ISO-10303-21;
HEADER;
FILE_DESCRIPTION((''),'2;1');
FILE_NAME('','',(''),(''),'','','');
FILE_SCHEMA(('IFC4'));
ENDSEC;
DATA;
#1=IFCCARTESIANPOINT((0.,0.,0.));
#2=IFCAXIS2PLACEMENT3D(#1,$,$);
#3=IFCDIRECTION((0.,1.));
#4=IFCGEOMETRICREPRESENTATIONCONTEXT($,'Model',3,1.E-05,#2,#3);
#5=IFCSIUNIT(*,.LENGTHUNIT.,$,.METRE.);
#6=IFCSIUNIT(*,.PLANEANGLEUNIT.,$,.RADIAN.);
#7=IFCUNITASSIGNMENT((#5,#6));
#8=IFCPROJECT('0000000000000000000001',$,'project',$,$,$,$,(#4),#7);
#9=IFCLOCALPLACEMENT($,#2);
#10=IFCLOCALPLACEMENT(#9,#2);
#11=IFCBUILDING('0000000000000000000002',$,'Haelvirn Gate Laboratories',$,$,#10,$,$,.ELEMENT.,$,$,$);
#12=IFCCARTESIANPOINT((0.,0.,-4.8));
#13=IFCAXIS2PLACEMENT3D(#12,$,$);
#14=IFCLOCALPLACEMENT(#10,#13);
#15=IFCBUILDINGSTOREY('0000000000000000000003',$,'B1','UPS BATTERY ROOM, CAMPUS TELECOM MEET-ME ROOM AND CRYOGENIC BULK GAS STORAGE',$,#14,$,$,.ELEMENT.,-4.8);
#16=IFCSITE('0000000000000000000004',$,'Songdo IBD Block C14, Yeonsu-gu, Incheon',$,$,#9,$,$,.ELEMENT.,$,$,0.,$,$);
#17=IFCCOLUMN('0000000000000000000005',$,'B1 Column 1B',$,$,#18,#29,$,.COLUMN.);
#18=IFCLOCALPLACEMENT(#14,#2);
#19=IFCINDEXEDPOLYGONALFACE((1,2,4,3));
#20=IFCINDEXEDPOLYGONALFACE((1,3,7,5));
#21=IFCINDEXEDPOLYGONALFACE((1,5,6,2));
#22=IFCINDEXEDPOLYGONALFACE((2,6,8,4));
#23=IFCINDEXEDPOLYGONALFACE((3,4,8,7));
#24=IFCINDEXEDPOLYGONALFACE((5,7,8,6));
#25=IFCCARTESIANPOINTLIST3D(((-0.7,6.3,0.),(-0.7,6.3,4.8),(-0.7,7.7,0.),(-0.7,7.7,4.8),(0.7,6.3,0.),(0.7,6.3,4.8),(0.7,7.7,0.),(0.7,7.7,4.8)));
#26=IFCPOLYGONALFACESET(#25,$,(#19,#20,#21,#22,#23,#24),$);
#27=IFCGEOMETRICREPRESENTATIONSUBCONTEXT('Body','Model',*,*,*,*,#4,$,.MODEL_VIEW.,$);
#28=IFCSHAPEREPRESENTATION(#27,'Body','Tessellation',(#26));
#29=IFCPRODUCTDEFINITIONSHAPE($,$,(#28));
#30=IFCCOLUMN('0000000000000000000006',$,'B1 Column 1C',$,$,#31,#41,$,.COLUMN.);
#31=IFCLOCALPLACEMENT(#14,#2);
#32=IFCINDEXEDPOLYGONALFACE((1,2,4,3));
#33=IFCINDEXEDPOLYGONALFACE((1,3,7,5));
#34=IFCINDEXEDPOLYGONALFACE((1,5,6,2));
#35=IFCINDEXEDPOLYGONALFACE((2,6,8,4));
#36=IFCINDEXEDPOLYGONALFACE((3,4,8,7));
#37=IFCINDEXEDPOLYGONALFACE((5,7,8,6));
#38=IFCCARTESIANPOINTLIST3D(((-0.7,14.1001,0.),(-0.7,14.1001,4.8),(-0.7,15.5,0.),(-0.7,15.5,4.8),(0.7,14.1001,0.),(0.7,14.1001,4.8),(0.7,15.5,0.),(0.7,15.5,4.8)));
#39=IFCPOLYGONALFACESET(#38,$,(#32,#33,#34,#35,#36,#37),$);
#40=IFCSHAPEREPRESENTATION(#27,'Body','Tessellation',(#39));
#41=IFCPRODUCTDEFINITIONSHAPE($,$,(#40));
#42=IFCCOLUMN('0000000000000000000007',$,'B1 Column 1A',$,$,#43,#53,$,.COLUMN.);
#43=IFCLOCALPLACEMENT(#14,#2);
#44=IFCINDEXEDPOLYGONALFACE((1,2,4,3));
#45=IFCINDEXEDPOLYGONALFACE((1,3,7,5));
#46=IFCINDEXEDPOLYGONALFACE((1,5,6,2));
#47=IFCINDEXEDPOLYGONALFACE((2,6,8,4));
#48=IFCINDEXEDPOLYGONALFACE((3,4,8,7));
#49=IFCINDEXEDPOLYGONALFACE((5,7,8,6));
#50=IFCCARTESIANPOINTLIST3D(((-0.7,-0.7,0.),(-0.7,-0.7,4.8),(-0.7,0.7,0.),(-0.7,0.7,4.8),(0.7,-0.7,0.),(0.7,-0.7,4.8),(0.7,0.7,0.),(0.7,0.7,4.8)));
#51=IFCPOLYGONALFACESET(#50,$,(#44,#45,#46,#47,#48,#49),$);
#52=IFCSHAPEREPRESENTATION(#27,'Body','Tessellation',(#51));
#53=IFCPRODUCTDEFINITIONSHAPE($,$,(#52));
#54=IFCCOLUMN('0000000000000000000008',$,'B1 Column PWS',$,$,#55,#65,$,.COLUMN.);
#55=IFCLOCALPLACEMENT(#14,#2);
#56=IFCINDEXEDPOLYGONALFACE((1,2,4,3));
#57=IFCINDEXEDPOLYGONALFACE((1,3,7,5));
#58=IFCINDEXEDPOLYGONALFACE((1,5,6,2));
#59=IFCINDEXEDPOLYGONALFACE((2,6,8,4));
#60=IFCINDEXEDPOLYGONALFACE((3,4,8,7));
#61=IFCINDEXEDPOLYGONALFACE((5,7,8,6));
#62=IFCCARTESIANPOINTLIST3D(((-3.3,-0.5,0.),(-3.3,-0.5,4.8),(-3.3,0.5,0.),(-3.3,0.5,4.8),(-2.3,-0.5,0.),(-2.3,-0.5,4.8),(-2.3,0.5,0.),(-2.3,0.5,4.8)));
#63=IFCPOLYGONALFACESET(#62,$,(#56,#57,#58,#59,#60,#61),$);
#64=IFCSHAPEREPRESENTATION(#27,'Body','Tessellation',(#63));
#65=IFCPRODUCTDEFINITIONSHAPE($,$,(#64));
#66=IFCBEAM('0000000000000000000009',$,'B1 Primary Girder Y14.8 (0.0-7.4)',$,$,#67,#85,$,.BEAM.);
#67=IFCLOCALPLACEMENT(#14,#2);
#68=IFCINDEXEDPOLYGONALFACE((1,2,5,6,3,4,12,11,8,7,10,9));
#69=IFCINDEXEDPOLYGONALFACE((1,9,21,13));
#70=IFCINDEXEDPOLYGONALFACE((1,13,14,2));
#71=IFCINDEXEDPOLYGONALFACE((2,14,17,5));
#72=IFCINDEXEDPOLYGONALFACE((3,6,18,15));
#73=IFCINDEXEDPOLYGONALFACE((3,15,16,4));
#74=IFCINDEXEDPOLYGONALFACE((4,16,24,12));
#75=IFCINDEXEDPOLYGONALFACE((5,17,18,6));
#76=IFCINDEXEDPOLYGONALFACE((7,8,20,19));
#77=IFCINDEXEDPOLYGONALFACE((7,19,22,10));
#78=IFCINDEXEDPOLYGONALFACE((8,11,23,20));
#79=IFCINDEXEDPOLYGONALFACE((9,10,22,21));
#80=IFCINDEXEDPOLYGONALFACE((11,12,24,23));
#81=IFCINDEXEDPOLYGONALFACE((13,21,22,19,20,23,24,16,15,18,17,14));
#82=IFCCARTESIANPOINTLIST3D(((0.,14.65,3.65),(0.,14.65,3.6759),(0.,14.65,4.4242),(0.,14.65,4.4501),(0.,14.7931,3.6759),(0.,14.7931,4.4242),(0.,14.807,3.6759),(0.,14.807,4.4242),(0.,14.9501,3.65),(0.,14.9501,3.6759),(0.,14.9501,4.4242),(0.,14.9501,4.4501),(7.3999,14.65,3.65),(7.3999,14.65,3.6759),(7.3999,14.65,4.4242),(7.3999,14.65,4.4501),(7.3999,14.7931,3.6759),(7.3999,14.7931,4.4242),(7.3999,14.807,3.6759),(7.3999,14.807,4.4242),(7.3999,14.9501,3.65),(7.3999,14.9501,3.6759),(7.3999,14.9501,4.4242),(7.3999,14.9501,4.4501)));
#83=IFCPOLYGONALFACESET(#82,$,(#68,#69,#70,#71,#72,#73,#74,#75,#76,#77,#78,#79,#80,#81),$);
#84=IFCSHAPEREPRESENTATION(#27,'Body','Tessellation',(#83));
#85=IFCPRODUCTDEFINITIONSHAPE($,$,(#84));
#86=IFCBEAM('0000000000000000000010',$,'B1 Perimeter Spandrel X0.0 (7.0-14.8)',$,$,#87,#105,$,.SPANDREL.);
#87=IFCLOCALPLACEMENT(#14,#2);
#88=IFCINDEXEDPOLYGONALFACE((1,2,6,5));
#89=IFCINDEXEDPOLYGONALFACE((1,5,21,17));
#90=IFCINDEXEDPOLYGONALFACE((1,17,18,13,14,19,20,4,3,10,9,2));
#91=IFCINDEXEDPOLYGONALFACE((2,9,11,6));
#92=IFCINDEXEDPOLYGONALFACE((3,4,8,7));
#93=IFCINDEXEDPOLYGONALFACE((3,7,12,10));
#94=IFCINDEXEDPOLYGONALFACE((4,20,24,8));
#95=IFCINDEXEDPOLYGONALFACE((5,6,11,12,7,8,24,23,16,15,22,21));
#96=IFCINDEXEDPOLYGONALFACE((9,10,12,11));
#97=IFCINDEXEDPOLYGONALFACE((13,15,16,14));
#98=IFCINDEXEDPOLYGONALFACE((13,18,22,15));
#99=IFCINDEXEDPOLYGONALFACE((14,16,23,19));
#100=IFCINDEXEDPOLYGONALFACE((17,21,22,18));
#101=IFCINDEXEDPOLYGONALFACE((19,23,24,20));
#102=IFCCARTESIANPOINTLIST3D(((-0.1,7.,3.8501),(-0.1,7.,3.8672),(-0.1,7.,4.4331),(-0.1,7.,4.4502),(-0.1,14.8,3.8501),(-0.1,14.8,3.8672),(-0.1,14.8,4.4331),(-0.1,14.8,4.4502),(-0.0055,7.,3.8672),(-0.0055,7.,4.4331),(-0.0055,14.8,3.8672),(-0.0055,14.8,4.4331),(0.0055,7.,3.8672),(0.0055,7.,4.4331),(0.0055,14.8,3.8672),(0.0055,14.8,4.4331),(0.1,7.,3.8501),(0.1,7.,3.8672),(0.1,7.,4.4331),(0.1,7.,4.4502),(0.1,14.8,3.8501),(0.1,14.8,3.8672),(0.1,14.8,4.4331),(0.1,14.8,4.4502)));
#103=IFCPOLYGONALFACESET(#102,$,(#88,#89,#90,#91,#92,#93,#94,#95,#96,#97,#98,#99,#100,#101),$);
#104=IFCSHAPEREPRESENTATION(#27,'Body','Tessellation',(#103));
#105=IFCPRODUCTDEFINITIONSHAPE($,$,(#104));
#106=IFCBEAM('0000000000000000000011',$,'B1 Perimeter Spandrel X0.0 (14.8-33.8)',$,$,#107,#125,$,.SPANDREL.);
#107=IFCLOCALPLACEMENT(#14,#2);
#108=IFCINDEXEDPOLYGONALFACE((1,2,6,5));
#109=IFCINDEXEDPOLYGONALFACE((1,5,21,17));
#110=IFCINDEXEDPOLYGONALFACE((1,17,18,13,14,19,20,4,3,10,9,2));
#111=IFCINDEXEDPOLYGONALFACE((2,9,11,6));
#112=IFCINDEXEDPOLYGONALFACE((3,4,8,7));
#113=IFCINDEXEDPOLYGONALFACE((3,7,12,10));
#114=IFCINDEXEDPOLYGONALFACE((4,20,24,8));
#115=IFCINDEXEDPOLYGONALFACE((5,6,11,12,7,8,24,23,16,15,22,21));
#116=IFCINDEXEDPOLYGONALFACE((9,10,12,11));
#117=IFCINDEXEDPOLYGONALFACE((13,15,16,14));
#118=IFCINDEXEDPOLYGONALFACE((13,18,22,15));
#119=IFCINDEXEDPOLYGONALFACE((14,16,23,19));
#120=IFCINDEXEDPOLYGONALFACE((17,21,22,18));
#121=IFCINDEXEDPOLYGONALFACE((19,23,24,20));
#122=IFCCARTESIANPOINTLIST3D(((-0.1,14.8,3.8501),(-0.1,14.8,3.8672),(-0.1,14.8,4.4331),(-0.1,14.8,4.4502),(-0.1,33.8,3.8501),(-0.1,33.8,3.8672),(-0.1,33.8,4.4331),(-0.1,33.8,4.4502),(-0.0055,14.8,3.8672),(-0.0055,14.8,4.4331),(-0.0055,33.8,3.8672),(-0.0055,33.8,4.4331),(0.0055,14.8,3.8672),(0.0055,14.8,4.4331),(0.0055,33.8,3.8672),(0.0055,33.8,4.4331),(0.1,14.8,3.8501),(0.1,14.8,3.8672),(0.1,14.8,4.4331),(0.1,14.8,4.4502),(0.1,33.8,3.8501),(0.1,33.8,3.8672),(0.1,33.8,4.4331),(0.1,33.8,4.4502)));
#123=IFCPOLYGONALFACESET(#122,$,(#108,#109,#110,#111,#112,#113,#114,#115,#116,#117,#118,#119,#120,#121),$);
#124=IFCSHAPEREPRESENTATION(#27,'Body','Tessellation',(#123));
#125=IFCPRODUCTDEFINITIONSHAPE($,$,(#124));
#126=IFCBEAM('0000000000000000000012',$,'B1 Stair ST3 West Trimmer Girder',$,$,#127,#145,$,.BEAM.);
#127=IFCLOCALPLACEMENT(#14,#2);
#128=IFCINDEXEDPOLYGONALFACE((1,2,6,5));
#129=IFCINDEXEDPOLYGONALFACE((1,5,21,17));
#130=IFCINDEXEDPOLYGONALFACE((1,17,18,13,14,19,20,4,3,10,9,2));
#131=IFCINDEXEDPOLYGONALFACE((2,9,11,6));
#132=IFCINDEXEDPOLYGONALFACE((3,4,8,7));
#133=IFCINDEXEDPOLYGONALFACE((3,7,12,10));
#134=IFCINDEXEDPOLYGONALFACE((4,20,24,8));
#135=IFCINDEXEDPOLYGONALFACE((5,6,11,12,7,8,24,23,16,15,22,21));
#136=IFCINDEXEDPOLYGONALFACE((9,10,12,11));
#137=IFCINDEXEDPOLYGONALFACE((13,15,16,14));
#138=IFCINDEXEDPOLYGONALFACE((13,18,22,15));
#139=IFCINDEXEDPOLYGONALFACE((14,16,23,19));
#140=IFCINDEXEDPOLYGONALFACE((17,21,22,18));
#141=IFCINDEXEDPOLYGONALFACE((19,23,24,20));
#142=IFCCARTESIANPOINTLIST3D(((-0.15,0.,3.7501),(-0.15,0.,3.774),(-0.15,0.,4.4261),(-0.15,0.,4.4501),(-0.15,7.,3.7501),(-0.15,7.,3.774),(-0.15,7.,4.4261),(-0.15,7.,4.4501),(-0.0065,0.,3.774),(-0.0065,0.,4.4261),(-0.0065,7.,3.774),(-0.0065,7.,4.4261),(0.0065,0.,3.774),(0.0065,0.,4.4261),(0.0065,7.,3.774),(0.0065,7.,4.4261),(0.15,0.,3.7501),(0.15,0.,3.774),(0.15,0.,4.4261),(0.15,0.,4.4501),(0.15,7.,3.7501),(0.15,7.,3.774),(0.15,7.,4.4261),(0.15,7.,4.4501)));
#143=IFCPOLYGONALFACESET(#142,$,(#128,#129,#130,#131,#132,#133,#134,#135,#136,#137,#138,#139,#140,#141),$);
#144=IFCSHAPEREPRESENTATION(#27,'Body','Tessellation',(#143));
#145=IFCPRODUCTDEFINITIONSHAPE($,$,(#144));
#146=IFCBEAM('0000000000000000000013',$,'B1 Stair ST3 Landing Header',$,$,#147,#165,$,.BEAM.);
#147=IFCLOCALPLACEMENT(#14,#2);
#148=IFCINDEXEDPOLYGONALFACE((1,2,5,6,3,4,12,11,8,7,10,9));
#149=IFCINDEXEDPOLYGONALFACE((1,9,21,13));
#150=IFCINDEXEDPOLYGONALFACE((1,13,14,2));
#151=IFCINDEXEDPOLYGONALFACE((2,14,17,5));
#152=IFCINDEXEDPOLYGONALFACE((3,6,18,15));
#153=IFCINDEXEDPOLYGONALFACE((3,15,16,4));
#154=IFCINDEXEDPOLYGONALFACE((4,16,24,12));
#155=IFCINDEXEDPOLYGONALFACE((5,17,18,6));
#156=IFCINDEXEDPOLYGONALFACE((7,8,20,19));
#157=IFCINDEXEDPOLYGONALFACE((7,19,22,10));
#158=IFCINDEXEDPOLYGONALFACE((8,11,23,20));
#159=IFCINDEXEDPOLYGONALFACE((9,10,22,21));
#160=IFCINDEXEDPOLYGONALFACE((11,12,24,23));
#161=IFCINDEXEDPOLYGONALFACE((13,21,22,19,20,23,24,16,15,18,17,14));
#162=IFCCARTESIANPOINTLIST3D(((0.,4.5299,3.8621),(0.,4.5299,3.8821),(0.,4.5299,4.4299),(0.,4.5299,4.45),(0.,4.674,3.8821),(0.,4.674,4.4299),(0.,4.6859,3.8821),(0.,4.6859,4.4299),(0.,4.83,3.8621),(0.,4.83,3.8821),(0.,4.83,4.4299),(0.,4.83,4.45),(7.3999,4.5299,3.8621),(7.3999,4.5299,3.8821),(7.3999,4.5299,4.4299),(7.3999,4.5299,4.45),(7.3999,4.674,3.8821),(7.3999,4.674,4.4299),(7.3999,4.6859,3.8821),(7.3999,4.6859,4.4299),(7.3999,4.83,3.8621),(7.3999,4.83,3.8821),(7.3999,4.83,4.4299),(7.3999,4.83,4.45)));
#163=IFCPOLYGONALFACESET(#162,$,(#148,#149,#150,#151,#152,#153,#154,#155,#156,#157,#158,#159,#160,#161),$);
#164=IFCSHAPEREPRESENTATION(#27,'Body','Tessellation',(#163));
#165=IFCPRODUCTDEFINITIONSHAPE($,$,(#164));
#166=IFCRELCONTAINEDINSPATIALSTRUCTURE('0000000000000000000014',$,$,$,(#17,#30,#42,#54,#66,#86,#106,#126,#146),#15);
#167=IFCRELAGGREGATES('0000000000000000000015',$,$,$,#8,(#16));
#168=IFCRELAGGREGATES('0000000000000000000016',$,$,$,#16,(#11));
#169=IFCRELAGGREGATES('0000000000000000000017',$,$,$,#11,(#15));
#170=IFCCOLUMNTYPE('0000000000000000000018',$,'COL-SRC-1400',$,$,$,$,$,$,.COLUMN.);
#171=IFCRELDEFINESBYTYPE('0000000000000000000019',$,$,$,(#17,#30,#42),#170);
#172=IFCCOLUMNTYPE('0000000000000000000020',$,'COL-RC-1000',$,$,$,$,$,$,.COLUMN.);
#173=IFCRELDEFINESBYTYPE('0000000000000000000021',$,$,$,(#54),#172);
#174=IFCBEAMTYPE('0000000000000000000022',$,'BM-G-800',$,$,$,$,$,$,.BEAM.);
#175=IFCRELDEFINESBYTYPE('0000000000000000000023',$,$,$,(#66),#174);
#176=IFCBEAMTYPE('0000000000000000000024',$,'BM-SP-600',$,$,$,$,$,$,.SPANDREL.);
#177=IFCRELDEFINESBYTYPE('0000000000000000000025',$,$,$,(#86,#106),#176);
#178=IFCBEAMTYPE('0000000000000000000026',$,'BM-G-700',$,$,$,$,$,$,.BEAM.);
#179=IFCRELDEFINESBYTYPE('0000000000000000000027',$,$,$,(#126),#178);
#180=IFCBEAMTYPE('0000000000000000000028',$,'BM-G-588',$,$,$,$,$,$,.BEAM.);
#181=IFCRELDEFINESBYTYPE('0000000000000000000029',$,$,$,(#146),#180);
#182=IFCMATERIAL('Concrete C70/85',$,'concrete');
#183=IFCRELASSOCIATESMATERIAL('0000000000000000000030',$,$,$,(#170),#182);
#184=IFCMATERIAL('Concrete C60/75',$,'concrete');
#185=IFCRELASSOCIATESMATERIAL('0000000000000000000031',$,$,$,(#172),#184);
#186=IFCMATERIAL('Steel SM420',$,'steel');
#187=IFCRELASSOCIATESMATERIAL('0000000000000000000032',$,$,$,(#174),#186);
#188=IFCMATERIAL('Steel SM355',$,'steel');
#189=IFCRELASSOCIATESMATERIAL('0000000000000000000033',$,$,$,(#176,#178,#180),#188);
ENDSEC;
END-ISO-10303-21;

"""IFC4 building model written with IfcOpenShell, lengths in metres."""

from ifc_helpers import new_model, si_unit, direction, frame, origin, origin_2d, place, context, subcontext, project, spatial, rectangle, i_section, extrude, source, transform, mapped, material, material_profile, profile_set, type_object, type_shapes, element, save


model = new_model("IFC4")

# Units and contexts
model_context = context("Model", 3, precision=1e-05, world=origin(), true_north=direction((0.0, 1.0)))
body_context = subcontext(model_context, "Body", "Model", "MODEL_VIEW")
ifc_project = project(units=[si_unit("LENGTHUNIT", "METRE"), si_unit("PLANEANGLEUNIT", "RADIAN")], contexts=[model_context])

# Site, building, storey
site_placement = place(None, origin())
site = spatial("IfcSite", under=ifc_project, at=site_placement, Name="Songdo IBD Block C14, Yeonsu-gu, Incheon", CompositionType="ELEMENT", RefElevation=0.0)
building_placement = place(site_placement, origin())
building = spatial("IfcBuilding", under=site, at=building_placement, Name="Haelvirn Gate Laboratories", CompositionType="ELEMENT")
storey_placement = place(building_placement, frame((0.0, 0.0, -4.8)))
storey = spatial("IfcBuildingStorey", under=building, at=storey_placement, Name="B1", Description="UPS BATTERY ROOM, CAMPUS TELECOM MEET-ME ROOM AND CRYOGENIC BULK GAS STORAGE", CompositionType="ELEMENT", Elevation=-4.8)

# Columns
ifc_material_1 = material(Name="Concrete C70/85", Category="concrete")
ifc_material_profile_1 = material_profile(ifc_material_1, rectangle(XDim=1.3999, YDim=1.3999, at=origin_2d()), Name="SRC-1400x1400")
ifc_profile_set_1 = profile_set([ifc_material_profile_1], Name="Concrete C70/85")
column_type_1 = type_object("IfcColumnType", Name="COL-SRC-1400", PredefinedType="COLUMN", material=ifc_profile_set_1)
shared_shape_1 = source(origin(), body_context, "Body", "SweptSolid", [
    extrude(rectangle(XDim=1.3999, YDim=1.3999, at=origin_2d()), origin(), (0.0, 0.0, 1.0), 4.8),
])
type_shapes(column_type_1, [shared_shape_1])
for number, where, z_axis, x_axis, name in (
    (1, (0.0, 7.0, 0.0), (0.0, 0.0, 1.0), (1.0, 0.0, 0.0), "B1 Column 1B"),
    (2, (0.0, 14.8, 0.0), (0.0, 0.0, 1.0), (1.0, 0.0, 0.0), "B1 Column 1C"),
    (3, (0.0, 0.0, 0.0), (0.0, 0.0, 1.0), (1.0, 0.0, 0.0), "B1 Column 1A"),
):
    element("IfcColumn", number, at=place(storey_placement, frame(where, z_axis=z_axis, x_axis=x_axis)), inside=storey, type_object=column_type_1, Name=name, PredefinedType="COLUMN", context=body_context, shape_type="MappedRepresentation", body=[
        mapped(shared_shape_1, transform((0.0, 0.0, 0.0), scale=1.0)),
    ])
ifc_material_2 = material(Name="Concrete C60/75", Category="concrete")
ifc_material_profile_2 = material_profile(ifc_material_2, rectangle(XDim=1.0, YDim=1.0, at=origin_2d()), Name="RC-1000x1000")
ifc_profile_set_2 = profile_set([ifc_material_profile_2], Name="Concrete C60/75")
column_type_2 = type_object("IfcColumnType", Name="COL-RC-1000", PredefinedType="COLUMN", material=ifc_profile_set_2)
shared_shape_2 = source(origin(), body_context, "Body", "SweptSolid", [
    extrude(rectangle(XDim=1.0, YDim=1.0, at=origin_2d()), origin(), (0.0, 0.0, 1.0), 4.8),
])
type_shapes(column_type_2, [shared_shape_2])
column_placement = place(storey_placement, frame((-2.8, 0.0, 0.0), z_axis=(0.0, 0.0, 1.0), x_axis=(1.0, 0.0, 0.0)))
element("IfcColumn", 4, at=column_placement, inside=storey, type_object=column_type_2, Name="B1 Column PWS", PredefinedType="COLUMN", context=body_context, shape_type="MappedRepresentation", body=[
    mapped(shared_shape_2, transform((0.0, 0.0, 0.0), scale=1.0)),
])

# Beams
ifc_material_3 = material(Name="Steel SM420", Category="steel")
ifc_material_profile_3 = material_profile(ifc_material_3, i_section(OverallWidth=0.3, OverallDepth=0.8, WebThickness=0.0139, FlangeThickness=0.0259, at=origin_2d()), Name="H-800x300x14x26")
ifc_profile_set_3 = profile_set([ifc_material_profile_3], Name="Steel SM420")
beam_type_1 = type_object("IfcBeamType", Name="BM-G-800", PredefinedType="BEAM", material=ifc_profile_set_3)
shared_shape_3 = source(origin(), body_context, "Body", "SweptSolid", [
    extrude(i_section(OverallWidth=0.3, OverallDepth=0.8, WebThickness=0.0139, FlangeThickness=0.0259, at=origin_2d()), origin(), (0.0, 0.0, 1.0), 7.3999),
])
type_shapes(beam_type_1, [shared_shape_3])
beam_1_placement = place(storey_placement, frame((0.0, 14.8, 4.05), z_axis=(1.0, 0.0, 0.0), x_axis=(0.0, 1.0, 0.0)))
element("IfcBeam", 5, at=beam_1_placement, inside=storey, type_object=beam_type_1, Name="B1 Primary Girder Y14.8 (0.0-7.4)", PredefinedType="BEAM", context=body_context, shape_type="MappedRepresentation", body=[
    mapped(shared_shape_3, transform((0.0, 0.0, 0.0), scale=1.0)),
])
ifc_material_4 = material(Name="Steel SM355", Category="steel")
ifc_material_profile_4 = material_profile(ifc_material_4, i_section(OverallWidth=0.2, OverallDepth=0.6001, WebThickness=0.011, FlangeThickness=0.0171, at=origin_2d()), Name="H-600x200x11x17")
ifc_profile_set_4 = profile_set([ifc_material_profile_4], Name="Steel SM355")
beam_type_2 = type_object("IfcBeamType", Name="BM-SP-600", PredefinedType="SPANDREL", material=ifc_profile_set_4)
shared_shape_4 = source(origin(), body_context, "Body", "SweptSolid", [
    extrude(i_section(OverallWidth=0.2, OverallDepth=0.6001, WebThickness=0.011, FlangeThickness=0.0171, at=origin_2d()), origin(), (0.0, 0.0, 1.0), 7.8),
])
beam_2_placement = place(storey_placement, frame((0.0, 7.0, 4.1501), z_axis=(0.0, 1.0, 0.0), x_axis=(-1.0, 0.0, 0.0)))
element("IfcBeam", 6, at=beam_2_placement, inside=storey, type_object=beam_type_2, Name="B1 Perimeter Spandrel X0.0 (7.0-14.8)", PredefinedType="SPANDREL", context=body_context, shape_type="MappedRepresentation", body=[
    mapped(shared_shape_4, transform((0.0, 0.0, 0.0), scale=1.0)),
])
shared_shape_5 = source(origin(), body_context, "Body", "SweptSolid", [
    extrude(i_section(OverallWidth=0.2, OverallDepth=0.6001, WebThickness=0.011, FlangeThickness=0.0171, at=origin_2d()), origin(), (0.0, 0.0, 1.0), 19.0),
])
beam_3_placement = place(storey_placement, frame((0.0, 14.8, 4.1501), z_axis=(0.0, 1.0, 0.0), x_axis=(-1.0, 0.0, 0.0)))
element("IfcBeam", 7, at=beam_3_placement, inside=storey, type_object=beam_type_2, Name="B1 Perimeter Spandrel X0.0 (14.8-33.8)", PredefinedType="SPANDREL", context=body_context, shape_type="MappedRepresentation", body=[
    mapped(shared_shape_5, transform((0.0, 0.0, 0.0), scale=1.0)),
])
ifc_material_profile_5 = material_profile(ifc_material_4, i_section(OverallWidth=0.3, OverallDepth=0.7, WebThickness=0.0129, FlangeThickness=0.0239, at=origin_2d()), Name="H-700x300x13x24")
ifc_profile_set_5 = profile_set([ifc_material_profile_5], Name="Steel SM355")
beam_type_3 = type_object("IfcBeamType", Name="BM-G-700", PredefinedType="BEAM", material=ifc_profile_set_5)
shared_shape_6 = source(origin(), body_context, "Body", "SweptSolid", [
    extrude(i_section(OverallWidth=0.3, OverallDepth=0.7, WebThickness=0.0129, FlangeThickness=0.0239, at=origin_2d()), origin(), (0.0, 0.0, 1.0), 7.0),
])
type_shapes(beam_type_3, [shared_shape_6])
beam_4_placement = place(storey_placement, frame((0.0, 0.0, 4.1001), z_axis=(0.0, 1.0, 0.0), x_axis=(-1.0, 0.0, 0.0)))
element("IfcBeam", 8, at=beam_4_placement, inside=storey, type_object=beam_type_3, Name="B1 Stair ST3 West Trimmer Girder", PredefinedType="BEAM", context=body_context, shape_type="MappedRepresentation", body=[
    mapped(shared_shape_6, transform((0.0, 0.0, 0.0), scale=1.0)),
])
ifc_material_profile_6 = material_profile(ifc_material_4, i_section(OverallWidth=0.3, OverallDepth=0.5879, WebThickness=0.012, FlangeThickness=0.02, at=origin_2d()), Name="H-588x300x12x20")
ifc_profile_set_6 = profile_set([ifc_material_profile_6], Name="Steel SM355")
beam_type_4 = type_object("IfcBeamType", Name="BM-G-588", PredefinedType="BEAM", material=ifc_profile_set_6)
shared_shape_7 = source(origin(), body_context, "Body", "SweptSolid", [
    extrude(i_section(OverallWidth=0.3, OverallDepth=0.5879, WebThickness=0.012, FlangeThickness=0.02, at=origin_2d()), origin(), (0.0, 0.0, 1.0), 7.3999),
])
type_shapes(beam_type_4, [shared_shape_7])
beam_5_placement = place(storey_placement, frame((0.0, 4.6799, 4.156), z_axis=(1.0, 0.0, 0.0), x_axis=(0.0, 1.0, 0.0)))
element("IfcBeam", 9, at=beam_5_placement, inside=storey, type_object=beam_type_4, Name="B1 Stair ST3 Landing Header", PredefinedType="BEAM", context=body_context, shape_type="MappedRepresentation", body=[
    mapped(shared_shape_7, transform((0.0, 0.0, 0.0), scale=1.0)),
])

save(model, "model.ifc")
